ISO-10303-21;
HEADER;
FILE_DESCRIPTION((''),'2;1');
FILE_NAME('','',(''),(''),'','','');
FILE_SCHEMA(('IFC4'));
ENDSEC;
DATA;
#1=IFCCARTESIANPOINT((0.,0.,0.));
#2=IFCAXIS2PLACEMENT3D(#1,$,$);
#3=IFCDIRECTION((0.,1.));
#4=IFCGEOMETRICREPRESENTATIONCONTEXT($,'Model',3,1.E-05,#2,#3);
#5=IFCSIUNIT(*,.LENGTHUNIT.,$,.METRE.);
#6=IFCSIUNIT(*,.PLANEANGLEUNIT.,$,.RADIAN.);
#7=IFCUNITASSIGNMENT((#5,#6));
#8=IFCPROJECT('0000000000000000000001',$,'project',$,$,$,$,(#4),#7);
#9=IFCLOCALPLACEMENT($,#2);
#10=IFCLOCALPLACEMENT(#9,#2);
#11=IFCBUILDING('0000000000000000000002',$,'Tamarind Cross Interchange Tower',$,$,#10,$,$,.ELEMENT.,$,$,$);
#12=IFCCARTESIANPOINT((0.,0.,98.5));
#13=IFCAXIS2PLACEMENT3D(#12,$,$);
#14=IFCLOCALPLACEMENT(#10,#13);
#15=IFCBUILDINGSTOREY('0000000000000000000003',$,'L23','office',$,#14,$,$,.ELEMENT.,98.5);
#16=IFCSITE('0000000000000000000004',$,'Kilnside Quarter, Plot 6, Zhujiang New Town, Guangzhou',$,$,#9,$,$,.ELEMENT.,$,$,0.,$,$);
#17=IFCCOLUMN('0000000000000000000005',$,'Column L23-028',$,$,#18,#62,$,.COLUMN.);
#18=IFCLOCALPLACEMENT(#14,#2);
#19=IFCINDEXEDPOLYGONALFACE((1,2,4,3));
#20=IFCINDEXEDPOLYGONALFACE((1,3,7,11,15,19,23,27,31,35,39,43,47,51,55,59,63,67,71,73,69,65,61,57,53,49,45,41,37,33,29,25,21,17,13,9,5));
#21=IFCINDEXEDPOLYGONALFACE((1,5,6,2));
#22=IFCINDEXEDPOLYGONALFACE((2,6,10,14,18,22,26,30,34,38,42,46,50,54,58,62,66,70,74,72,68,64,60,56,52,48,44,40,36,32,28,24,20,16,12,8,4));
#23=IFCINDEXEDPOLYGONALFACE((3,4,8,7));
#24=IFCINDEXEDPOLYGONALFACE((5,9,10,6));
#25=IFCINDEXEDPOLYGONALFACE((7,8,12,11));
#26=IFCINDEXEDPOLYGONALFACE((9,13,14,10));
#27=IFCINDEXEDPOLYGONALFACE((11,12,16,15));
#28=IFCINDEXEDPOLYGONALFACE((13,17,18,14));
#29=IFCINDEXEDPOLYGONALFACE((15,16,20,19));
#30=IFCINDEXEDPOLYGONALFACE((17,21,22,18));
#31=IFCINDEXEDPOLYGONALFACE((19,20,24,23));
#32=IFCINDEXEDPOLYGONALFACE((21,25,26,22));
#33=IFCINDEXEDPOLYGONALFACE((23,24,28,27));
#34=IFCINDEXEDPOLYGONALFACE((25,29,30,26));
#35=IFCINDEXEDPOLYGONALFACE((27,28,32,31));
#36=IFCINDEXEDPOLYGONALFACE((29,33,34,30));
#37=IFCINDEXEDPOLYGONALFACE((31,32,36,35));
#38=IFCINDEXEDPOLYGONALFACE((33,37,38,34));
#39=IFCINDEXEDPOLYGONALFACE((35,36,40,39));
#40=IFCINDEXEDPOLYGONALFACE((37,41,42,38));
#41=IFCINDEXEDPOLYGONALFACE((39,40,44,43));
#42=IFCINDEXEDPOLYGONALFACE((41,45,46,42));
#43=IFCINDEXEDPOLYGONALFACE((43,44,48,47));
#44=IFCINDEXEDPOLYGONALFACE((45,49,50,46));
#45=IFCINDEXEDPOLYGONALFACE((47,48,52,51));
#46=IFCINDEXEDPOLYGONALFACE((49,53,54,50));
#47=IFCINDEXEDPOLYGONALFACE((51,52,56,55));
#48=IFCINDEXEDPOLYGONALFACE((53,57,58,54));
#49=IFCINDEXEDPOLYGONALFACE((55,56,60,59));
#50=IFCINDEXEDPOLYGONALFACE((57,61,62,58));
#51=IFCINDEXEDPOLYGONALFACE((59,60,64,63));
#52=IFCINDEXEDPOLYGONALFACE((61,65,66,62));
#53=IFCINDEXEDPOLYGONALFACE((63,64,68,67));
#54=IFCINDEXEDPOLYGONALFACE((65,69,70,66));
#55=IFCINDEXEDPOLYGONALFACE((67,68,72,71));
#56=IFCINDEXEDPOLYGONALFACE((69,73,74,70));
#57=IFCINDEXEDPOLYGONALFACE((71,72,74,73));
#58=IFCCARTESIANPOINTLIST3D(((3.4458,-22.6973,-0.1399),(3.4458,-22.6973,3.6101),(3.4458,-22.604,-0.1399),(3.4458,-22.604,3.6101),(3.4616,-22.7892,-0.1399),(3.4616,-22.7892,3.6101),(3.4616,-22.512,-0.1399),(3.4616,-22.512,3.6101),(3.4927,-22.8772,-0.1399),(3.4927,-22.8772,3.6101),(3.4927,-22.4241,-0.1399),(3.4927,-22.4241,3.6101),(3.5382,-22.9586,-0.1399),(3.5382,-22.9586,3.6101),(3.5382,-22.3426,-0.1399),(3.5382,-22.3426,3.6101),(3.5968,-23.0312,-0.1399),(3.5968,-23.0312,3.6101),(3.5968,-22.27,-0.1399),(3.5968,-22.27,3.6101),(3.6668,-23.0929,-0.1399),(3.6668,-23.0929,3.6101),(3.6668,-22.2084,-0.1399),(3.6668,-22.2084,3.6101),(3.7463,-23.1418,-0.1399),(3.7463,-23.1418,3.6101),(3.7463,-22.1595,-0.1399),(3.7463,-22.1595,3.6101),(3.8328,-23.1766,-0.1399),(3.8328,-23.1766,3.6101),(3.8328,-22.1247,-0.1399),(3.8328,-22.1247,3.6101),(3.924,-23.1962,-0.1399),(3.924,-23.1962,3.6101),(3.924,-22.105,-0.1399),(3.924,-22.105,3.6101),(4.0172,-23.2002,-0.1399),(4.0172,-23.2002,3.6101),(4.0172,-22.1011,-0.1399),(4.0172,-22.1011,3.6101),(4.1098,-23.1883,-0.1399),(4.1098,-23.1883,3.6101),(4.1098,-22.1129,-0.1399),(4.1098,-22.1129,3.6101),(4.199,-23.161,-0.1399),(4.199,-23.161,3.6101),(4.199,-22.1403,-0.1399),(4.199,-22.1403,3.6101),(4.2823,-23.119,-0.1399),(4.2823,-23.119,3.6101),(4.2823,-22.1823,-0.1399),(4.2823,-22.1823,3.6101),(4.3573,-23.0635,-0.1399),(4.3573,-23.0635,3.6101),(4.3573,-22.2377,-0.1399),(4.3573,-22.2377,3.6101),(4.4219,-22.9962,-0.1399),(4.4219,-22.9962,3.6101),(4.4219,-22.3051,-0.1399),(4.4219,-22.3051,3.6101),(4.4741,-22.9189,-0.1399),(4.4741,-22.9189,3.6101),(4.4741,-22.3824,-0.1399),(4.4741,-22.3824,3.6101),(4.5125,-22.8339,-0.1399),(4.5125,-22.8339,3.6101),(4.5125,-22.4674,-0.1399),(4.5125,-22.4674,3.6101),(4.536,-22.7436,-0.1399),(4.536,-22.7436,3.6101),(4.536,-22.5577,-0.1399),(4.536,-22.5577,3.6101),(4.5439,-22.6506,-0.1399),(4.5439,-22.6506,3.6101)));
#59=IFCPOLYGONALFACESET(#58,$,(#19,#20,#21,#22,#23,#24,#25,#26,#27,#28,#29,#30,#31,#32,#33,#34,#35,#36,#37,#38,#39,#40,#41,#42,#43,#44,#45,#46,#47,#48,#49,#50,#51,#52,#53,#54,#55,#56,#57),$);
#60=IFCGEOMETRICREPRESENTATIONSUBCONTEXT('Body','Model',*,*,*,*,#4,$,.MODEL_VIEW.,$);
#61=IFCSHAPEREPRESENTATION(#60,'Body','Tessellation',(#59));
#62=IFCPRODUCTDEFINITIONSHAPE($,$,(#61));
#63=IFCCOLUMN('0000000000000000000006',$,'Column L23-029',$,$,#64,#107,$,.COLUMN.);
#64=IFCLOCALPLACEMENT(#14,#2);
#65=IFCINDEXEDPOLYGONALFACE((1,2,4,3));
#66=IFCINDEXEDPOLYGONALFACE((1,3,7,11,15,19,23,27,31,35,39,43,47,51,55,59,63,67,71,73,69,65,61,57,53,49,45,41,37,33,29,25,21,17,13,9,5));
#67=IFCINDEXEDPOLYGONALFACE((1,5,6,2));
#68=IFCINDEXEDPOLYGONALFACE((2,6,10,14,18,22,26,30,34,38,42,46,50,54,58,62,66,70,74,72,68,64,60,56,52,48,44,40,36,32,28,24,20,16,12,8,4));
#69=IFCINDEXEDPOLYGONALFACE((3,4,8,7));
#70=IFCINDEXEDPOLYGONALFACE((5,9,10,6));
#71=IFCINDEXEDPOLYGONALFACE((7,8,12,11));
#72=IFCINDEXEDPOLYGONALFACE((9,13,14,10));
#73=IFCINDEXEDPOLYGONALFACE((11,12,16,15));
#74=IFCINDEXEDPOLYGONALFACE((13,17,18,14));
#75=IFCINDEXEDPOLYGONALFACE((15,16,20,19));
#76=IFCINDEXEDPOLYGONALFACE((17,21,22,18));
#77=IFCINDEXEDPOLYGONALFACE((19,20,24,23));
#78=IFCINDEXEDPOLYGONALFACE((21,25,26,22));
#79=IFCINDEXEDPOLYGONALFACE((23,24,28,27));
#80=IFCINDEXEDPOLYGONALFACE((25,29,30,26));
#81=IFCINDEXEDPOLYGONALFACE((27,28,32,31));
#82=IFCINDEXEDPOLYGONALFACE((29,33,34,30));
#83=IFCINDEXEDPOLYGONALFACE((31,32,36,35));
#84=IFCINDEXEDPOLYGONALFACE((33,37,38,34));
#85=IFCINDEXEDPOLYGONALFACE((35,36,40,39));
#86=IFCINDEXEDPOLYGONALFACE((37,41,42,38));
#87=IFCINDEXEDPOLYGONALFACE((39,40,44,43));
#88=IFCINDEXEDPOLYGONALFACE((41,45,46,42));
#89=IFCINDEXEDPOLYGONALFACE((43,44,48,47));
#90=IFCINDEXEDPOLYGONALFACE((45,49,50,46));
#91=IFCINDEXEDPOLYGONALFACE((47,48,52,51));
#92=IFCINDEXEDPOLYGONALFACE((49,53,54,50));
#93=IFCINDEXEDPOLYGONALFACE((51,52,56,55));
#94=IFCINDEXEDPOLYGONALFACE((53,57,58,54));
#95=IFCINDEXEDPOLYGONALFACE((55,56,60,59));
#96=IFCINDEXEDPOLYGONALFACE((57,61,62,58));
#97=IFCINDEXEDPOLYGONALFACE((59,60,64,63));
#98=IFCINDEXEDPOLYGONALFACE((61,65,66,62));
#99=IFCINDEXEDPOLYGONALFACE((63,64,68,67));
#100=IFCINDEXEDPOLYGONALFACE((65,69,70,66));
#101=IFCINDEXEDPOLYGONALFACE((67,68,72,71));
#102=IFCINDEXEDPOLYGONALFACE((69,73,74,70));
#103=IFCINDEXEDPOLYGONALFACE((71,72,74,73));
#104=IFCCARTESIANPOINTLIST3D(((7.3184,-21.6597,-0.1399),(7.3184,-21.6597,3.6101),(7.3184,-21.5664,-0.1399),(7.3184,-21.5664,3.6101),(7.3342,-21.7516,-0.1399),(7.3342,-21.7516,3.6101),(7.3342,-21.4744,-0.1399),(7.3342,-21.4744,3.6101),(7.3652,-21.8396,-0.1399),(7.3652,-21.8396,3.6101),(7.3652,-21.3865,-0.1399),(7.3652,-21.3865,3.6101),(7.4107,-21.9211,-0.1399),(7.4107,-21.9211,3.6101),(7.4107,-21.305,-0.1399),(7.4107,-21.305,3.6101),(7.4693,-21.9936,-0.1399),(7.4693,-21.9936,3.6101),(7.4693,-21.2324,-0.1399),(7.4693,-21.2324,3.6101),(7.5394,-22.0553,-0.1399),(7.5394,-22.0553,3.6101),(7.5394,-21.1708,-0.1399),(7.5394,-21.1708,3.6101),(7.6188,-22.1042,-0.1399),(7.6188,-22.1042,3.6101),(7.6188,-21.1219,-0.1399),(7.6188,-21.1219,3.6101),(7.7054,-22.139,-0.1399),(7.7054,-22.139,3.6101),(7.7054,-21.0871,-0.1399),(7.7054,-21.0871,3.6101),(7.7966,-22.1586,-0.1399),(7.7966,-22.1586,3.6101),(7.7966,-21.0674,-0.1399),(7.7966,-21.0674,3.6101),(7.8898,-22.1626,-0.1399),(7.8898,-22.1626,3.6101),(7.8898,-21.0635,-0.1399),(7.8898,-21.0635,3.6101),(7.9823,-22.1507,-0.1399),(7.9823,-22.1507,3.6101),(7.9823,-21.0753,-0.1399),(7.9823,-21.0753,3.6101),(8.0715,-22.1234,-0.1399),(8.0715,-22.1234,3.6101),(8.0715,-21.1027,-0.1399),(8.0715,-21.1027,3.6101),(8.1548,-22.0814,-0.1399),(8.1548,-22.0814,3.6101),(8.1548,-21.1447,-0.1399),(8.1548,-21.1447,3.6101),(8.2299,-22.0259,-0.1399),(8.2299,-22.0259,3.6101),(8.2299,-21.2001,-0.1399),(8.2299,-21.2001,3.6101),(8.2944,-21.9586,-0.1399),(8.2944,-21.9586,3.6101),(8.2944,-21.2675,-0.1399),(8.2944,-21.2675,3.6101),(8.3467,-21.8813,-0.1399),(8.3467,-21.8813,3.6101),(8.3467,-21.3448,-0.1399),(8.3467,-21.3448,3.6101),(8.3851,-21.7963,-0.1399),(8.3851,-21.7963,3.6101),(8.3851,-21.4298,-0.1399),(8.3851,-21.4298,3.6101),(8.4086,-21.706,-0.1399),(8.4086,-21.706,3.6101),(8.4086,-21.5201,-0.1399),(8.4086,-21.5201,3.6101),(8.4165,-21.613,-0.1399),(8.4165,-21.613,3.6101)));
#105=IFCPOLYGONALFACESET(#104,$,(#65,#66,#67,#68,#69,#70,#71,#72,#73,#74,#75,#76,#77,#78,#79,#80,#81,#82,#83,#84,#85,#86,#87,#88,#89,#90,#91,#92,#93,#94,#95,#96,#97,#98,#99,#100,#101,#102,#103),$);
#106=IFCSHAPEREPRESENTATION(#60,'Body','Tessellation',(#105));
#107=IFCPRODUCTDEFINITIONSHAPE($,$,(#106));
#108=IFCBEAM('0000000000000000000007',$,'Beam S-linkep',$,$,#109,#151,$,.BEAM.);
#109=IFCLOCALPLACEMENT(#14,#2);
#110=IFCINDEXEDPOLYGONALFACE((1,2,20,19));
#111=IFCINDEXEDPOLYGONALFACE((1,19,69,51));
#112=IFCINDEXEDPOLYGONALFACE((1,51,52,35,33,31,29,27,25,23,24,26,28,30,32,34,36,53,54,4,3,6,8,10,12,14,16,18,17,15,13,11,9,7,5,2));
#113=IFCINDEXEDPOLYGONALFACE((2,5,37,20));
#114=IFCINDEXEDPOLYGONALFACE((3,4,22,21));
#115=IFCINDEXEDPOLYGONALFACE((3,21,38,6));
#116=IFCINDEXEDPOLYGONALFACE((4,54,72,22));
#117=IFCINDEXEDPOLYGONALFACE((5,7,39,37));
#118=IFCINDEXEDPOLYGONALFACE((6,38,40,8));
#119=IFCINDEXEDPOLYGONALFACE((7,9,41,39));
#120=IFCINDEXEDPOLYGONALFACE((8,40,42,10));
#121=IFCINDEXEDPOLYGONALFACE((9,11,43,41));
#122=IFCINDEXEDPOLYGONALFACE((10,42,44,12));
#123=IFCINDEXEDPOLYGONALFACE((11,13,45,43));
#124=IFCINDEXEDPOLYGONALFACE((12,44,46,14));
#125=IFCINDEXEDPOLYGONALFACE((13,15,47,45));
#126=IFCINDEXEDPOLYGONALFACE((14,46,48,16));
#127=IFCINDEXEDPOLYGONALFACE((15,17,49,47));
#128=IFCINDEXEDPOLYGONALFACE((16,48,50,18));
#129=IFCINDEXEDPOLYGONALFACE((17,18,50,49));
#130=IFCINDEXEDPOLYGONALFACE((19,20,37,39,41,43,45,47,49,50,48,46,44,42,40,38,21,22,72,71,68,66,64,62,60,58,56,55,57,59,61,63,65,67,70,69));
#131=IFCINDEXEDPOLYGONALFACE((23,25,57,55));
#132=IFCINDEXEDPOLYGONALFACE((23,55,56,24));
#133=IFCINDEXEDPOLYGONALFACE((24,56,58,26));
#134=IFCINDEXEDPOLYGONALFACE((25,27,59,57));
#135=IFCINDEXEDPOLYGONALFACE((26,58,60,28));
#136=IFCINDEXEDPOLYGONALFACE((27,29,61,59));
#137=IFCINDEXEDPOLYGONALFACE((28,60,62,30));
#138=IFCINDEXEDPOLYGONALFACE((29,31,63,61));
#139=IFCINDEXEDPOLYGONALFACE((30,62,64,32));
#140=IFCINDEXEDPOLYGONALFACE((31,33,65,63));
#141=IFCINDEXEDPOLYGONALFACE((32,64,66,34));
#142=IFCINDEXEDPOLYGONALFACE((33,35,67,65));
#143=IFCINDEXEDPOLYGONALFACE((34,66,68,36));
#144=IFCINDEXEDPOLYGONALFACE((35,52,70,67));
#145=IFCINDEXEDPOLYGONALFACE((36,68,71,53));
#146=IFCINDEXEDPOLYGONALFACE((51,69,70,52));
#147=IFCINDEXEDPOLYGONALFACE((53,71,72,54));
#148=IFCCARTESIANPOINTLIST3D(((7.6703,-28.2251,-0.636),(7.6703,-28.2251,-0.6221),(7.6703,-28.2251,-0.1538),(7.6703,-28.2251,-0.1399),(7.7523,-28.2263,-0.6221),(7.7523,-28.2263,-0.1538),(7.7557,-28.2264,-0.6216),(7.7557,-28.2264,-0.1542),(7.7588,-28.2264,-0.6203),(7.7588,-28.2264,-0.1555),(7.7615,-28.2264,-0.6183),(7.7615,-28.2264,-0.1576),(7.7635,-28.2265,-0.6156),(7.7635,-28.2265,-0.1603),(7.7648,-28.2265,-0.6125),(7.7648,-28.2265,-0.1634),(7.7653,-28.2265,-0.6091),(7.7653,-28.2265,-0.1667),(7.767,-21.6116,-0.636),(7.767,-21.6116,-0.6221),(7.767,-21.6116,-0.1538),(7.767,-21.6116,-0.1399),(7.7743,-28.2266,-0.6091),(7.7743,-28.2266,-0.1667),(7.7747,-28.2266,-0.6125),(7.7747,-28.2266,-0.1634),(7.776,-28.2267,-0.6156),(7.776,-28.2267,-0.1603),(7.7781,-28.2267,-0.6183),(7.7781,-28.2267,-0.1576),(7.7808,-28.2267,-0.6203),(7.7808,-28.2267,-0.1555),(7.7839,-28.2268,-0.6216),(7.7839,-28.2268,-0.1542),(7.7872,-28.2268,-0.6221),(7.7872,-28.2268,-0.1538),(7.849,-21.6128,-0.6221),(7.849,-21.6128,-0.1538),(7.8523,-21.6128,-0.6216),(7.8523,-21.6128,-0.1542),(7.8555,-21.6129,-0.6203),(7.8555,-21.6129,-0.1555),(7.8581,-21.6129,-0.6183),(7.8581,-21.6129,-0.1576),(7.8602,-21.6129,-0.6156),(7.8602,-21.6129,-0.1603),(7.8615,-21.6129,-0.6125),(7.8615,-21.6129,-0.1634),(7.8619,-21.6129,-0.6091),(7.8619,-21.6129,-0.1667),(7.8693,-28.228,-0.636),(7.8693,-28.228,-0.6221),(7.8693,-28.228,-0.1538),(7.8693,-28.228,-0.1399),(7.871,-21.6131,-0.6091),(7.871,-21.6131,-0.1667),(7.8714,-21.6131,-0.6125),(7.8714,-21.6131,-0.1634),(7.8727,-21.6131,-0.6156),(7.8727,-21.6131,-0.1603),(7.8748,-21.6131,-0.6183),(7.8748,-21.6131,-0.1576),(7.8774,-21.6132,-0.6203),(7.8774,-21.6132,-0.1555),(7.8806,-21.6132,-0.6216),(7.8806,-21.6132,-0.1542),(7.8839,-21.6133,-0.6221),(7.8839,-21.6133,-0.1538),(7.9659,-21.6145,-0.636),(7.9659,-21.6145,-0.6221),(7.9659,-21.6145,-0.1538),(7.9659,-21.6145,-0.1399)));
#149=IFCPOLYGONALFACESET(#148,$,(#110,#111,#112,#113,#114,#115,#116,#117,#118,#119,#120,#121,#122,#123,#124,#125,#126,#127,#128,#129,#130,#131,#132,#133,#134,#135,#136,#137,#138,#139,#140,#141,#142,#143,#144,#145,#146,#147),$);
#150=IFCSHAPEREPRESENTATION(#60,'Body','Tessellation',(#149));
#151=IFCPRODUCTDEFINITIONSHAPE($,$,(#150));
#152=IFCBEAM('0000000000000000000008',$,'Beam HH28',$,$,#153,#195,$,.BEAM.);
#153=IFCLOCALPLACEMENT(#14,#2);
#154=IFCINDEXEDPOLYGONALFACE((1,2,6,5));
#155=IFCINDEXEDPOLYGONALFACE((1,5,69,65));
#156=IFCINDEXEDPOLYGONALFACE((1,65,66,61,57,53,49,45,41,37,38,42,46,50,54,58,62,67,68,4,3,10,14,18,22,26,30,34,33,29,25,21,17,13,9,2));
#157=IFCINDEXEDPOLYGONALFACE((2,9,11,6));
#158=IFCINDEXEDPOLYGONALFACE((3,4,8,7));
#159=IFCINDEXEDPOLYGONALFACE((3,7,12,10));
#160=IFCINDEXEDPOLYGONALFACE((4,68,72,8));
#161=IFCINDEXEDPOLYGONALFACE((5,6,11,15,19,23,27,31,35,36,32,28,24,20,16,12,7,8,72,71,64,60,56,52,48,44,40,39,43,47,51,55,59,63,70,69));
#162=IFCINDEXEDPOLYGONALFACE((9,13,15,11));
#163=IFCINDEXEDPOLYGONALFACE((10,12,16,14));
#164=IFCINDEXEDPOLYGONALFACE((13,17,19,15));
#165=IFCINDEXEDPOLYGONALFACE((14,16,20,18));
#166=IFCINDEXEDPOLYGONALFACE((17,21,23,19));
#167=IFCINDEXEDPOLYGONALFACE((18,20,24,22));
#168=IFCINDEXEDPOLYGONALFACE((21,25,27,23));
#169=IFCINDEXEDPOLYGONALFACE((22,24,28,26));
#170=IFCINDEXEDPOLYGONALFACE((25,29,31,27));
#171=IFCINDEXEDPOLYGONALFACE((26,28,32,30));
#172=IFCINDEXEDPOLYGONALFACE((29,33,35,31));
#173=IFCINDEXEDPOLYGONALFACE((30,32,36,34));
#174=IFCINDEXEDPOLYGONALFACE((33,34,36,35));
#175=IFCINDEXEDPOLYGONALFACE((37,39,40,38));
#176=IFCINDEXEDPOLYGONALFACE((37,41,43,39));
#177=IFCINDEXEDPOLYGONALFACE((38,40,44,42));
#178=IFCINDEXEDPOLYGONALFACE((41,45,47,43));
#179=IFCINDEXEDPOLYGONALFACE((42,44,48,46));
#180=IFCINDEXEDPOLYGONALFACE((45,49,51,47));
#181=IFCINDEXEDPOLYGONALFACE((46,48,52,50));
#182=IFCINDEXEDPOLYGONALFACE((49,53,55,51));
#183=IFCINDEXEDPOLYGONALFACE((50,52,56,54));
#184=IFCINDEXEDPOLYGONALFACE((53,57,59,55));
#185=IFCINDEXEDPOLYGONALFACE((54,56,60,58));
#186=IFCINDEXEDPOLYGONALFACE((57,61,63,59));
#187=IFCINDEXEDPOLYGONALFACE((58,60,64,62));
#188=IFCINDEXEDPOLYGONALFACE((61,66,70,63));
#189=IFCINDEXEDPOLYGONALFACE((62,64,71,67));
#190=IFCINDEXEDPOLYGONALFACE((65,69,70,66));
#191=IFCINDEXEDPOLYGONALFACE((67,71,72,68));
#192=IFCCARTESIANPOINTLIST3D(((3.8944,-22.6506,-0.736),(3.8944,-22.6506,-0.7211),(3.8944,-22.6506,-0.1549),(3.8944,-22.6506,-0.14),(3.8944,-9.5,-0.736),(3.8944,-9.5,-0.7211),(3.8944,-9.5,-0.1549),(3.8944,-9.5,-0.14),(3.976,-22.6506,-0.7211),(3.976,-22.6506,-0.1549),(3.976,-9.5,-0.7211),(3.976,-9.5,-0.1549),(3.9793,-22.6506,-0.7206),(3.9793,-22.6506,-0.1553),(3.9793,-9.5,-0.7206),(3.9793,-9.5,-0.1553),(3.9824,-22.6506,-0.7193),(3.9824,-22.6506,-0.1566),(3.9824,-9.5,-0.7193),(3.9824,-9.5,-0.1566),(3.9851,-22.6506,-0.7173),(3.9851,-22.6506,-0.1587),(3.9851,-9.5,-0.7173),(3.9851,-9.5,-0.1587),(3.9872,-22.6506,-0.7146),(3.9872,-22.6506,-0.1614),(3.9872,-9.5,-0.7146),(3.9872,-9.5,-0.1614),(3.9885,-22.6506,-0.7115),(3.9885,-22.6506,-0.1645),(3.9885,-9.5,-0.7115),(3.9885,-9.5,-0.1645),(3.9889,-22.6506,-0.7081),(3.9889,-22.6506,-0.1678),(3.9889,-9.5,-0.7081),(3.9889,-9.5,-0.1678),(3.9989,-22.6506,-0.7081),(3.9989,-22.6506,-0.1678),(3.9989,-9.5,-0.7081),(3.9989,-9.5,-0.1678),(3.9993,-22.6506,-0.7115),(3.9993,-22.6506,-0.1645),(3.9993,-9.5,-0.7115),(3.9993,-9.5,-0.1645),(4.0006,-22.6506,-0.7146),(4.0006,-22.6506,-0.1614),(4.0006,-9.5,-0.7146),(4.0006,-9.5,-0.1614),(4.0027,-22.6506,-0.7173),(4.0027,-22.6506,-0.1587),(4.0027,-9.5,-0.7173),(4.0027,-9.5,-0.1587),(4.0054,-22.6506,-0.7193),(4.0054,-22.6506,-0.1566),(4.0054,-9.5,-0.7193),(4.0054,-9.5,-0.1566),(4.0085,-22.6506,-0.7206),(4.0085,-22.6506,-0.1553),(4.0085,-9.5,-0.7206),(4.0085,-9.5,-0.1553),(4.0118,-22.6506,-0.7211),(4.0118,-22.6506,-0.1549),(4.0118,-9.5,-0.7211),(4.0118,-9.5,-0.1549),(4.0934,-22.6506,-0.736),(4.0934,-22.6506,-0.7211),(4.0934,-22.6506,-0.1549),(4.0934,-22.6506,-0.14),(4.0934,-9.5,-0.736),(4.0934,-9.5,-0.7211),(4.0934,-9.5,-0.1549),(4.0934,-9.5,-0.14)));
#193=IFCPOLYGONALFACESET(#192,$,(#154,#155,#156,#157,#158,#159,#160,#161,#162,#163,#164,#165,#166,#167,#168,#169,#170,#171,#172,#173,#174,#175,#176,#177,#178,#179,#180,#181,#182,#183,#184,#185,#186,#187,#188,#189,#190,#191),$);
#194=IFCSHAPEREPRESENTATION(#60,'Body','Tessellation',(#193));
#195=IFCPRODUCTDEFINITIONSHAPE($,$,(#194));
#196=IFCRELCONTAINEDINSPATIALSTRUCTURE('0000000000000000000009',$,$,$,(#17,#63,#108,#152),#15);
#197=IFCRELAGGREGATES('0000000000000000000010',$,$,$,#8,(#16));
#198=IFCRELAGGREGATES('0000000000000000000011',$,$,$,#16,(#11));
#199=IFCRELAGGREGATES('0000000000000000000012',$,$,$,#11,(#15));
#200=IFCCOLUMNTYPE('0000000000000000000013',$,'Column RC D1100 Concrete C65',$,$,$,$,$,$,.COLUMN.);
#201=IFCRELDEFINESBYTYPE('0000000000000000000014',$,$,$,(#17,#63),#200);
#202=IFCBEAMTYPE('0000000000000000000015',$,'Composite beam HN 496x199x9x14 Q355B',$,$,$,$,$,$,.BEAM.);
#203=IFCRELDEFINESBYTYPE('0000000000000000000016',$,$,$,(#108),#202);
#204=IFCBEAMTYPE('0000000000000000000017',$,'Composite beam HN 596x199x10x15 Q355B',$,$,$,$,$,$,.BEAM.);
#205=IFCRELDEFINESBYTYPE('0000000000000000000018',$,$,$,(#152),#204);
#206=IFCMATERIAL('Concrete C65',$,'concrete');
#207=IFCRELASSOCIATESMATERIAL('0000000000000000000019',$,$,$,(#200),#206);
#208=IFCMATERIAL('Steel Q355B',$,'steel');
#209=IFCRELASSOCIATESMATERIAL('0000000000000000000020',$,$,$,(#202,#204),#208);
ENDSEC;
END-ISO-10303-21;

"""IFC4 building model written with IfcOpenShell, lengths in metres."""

from ifc_helpers import new_model, si_unit, direction, frame, origin, origin_2d, place, context, subcontext, project, spatial, circle, i_section, extrude, material, material_profile, profile_set, type_object, element, save


model = new_model("IFC4")

# Units and contexts
model_context = context("Model", 3, precision=1e-05, world=origin(), true_north=direction((0.0, 1.0)))
body_context = subcontext(model_context, "Body", "Model", "MODEL_VIEW")
ifc_project = project(units=[si_unit("LENGTHUNIT", "METRE"), si_unit("PLANEANGLEUNIT", "RADIAN")], contexts=[model_context])

# Site, building, storey
site_placement = place(None, origin())
site = spatial("IfcSite", under=ifc_project, at=site_placement, Name="Kilnside Quarter, Plot 6, Zhujiang New Town, Guangzhou", CompositionType="ELEMENT", RefElevation=0.0)
building_placement = place(site_placement, origin())
building = spatial("IfcBuilding", under=site, at=building_placement, Name="Tamarind Cross Interchange Tower", CompositionType="ELEMENT")
storey_placement = place(building_placement, frame((0.0, 0.0, 98.5)))
storey = spatial("IfcBuildingStorey", under=building, at=storey_placement, Name="L23", Description="office", CompositionType="ELEMENT", Elevation=98.5)

# Columns
ifc_material_1 = material(Name="Concrete C65", Category="concrete")
ifc_material_profile_1 = material_profile(ifc_material_1, circle(Radius=0.55, at=origin_2d()), Name="RC D1100")
ifc_profile_set_1 = profile_set([ifc_material_profile_1], Name="Concrete C65")
column_type = type_object("IfcColumnType", Name="Column RC D1100 Concrete C65", PredefinedType="COLUMN", material=ifc_profile_set_1)
for number, where, z_axis, x_axis, name in (
    (1, (3.9939, -22.6506, -0.1399), (0.0, 0.0, 1.0), (1.0, 0.0, 0.0), "Column L23-028"),
    (2, (7.8665, -21.613, -0.1399), (0.0, 0.0, 1.0), (1.0, 0.0, 0.0), "Column L23-029"),
):
    element("IfcColumn", number, at=place(storey_placement, frame(where, z_axis=z_axis, x_axis=x_axis)), inside=storey, type_object=column_type, Name=name, PredefinedType="COLUMN", context=body_context, shape_type="SweptSolid", body=[
        extrude(circle(Radius=0.55, at=origin_2d()), origin(), (0.0, 0.0, 1.0), 3.75),
    ])

# Beams
ifc_material_2 = material(Name="Steel Q355B", Category="steel")
ifc_material_profile_2 = material_profile(ifc_material_2, i_section(OverallWidth=0.199, OverallDepth=0.4961, WebThickness=0.009, FlangeThickness=0.0139, FilletRadius=0.0129, at=origin_2d()), Name="HN 496x199x9x14")
ifc_profile_set_2 = profile_set([ifc_material_profile_2], Name="Steel Q355B")
beam_type_1 = type_object("IfcBeamType", Name="Composite beam HN 496x199x9x14 Q355B", PredefinedType="BEAM", material=ifc_profile_set_2)
beam_1_placement = place(storey_placement, frame((7.7698, -28.2266, -0.3879), z_axis=(0.014617, 0.999893, 0.0), x_axis=(-0.999893, 0.014617, 0.0)))
element("IfcBeam", 3, at=beam_1_placement, inside=storey, type_object=beam_type_1, Name="Beam S-linkep", PredefinedType="BEAM", context=body_context, shape_type="SweptSolid", body=[
    extrude(i_section(OverallWidth=0.199, OverallDepth=0.4961, WebThickness=0.009, FlangeThickness=0.0139, FilletRadius=0.0129, at=origin_2d()), origin(), (0.0, 0.0, 1.0), 6.6143),
])
ifc_material_profile_3 = material_profile(ifc_material_2, i_section(OverallWidth=0.199, OverallDepth=0.5959, WebThickness=0.01, FlangeThickness=0.0149, FilletRadius=0.0129, at=origin_2d()), Name="HN 596x199x10x15")
ifc_profile_set_3 = profile_set([ifc_material_profile_3], Name="Steel Q355B")
beam_type_2 = type_object("IfcBeamType", Name="Composite beam HN 596x199x10x15 Q355B", PredefinedType="BEAM", material=ifc_profile_set_3)
beam_2_placement = place(storey_placement, frame((3.9939, -22.6506, -0.438), z_axis=(0.0, 1.0, 0.0), x_axis=(-1.0, 0.0, 0.0)))
element("IfcBeam", 4, at=beam_2_placement, inside=storey, type_object=beam_type_2, Name="Beam HH28", PredefinedType="BEAM", context=body_context, shape_type="SweptSolid", body=[
    extrude(i_section(OverallWidth=0.199, OverallDepth=0.5959, WebThickness=0.01, FlangeThickness=0.0149, FilletRadius=0.0129, at=origin_2d()), origin(), (0.0, 0.0, 1.0), 13.1506),
])

save(model, "model.ifc")
